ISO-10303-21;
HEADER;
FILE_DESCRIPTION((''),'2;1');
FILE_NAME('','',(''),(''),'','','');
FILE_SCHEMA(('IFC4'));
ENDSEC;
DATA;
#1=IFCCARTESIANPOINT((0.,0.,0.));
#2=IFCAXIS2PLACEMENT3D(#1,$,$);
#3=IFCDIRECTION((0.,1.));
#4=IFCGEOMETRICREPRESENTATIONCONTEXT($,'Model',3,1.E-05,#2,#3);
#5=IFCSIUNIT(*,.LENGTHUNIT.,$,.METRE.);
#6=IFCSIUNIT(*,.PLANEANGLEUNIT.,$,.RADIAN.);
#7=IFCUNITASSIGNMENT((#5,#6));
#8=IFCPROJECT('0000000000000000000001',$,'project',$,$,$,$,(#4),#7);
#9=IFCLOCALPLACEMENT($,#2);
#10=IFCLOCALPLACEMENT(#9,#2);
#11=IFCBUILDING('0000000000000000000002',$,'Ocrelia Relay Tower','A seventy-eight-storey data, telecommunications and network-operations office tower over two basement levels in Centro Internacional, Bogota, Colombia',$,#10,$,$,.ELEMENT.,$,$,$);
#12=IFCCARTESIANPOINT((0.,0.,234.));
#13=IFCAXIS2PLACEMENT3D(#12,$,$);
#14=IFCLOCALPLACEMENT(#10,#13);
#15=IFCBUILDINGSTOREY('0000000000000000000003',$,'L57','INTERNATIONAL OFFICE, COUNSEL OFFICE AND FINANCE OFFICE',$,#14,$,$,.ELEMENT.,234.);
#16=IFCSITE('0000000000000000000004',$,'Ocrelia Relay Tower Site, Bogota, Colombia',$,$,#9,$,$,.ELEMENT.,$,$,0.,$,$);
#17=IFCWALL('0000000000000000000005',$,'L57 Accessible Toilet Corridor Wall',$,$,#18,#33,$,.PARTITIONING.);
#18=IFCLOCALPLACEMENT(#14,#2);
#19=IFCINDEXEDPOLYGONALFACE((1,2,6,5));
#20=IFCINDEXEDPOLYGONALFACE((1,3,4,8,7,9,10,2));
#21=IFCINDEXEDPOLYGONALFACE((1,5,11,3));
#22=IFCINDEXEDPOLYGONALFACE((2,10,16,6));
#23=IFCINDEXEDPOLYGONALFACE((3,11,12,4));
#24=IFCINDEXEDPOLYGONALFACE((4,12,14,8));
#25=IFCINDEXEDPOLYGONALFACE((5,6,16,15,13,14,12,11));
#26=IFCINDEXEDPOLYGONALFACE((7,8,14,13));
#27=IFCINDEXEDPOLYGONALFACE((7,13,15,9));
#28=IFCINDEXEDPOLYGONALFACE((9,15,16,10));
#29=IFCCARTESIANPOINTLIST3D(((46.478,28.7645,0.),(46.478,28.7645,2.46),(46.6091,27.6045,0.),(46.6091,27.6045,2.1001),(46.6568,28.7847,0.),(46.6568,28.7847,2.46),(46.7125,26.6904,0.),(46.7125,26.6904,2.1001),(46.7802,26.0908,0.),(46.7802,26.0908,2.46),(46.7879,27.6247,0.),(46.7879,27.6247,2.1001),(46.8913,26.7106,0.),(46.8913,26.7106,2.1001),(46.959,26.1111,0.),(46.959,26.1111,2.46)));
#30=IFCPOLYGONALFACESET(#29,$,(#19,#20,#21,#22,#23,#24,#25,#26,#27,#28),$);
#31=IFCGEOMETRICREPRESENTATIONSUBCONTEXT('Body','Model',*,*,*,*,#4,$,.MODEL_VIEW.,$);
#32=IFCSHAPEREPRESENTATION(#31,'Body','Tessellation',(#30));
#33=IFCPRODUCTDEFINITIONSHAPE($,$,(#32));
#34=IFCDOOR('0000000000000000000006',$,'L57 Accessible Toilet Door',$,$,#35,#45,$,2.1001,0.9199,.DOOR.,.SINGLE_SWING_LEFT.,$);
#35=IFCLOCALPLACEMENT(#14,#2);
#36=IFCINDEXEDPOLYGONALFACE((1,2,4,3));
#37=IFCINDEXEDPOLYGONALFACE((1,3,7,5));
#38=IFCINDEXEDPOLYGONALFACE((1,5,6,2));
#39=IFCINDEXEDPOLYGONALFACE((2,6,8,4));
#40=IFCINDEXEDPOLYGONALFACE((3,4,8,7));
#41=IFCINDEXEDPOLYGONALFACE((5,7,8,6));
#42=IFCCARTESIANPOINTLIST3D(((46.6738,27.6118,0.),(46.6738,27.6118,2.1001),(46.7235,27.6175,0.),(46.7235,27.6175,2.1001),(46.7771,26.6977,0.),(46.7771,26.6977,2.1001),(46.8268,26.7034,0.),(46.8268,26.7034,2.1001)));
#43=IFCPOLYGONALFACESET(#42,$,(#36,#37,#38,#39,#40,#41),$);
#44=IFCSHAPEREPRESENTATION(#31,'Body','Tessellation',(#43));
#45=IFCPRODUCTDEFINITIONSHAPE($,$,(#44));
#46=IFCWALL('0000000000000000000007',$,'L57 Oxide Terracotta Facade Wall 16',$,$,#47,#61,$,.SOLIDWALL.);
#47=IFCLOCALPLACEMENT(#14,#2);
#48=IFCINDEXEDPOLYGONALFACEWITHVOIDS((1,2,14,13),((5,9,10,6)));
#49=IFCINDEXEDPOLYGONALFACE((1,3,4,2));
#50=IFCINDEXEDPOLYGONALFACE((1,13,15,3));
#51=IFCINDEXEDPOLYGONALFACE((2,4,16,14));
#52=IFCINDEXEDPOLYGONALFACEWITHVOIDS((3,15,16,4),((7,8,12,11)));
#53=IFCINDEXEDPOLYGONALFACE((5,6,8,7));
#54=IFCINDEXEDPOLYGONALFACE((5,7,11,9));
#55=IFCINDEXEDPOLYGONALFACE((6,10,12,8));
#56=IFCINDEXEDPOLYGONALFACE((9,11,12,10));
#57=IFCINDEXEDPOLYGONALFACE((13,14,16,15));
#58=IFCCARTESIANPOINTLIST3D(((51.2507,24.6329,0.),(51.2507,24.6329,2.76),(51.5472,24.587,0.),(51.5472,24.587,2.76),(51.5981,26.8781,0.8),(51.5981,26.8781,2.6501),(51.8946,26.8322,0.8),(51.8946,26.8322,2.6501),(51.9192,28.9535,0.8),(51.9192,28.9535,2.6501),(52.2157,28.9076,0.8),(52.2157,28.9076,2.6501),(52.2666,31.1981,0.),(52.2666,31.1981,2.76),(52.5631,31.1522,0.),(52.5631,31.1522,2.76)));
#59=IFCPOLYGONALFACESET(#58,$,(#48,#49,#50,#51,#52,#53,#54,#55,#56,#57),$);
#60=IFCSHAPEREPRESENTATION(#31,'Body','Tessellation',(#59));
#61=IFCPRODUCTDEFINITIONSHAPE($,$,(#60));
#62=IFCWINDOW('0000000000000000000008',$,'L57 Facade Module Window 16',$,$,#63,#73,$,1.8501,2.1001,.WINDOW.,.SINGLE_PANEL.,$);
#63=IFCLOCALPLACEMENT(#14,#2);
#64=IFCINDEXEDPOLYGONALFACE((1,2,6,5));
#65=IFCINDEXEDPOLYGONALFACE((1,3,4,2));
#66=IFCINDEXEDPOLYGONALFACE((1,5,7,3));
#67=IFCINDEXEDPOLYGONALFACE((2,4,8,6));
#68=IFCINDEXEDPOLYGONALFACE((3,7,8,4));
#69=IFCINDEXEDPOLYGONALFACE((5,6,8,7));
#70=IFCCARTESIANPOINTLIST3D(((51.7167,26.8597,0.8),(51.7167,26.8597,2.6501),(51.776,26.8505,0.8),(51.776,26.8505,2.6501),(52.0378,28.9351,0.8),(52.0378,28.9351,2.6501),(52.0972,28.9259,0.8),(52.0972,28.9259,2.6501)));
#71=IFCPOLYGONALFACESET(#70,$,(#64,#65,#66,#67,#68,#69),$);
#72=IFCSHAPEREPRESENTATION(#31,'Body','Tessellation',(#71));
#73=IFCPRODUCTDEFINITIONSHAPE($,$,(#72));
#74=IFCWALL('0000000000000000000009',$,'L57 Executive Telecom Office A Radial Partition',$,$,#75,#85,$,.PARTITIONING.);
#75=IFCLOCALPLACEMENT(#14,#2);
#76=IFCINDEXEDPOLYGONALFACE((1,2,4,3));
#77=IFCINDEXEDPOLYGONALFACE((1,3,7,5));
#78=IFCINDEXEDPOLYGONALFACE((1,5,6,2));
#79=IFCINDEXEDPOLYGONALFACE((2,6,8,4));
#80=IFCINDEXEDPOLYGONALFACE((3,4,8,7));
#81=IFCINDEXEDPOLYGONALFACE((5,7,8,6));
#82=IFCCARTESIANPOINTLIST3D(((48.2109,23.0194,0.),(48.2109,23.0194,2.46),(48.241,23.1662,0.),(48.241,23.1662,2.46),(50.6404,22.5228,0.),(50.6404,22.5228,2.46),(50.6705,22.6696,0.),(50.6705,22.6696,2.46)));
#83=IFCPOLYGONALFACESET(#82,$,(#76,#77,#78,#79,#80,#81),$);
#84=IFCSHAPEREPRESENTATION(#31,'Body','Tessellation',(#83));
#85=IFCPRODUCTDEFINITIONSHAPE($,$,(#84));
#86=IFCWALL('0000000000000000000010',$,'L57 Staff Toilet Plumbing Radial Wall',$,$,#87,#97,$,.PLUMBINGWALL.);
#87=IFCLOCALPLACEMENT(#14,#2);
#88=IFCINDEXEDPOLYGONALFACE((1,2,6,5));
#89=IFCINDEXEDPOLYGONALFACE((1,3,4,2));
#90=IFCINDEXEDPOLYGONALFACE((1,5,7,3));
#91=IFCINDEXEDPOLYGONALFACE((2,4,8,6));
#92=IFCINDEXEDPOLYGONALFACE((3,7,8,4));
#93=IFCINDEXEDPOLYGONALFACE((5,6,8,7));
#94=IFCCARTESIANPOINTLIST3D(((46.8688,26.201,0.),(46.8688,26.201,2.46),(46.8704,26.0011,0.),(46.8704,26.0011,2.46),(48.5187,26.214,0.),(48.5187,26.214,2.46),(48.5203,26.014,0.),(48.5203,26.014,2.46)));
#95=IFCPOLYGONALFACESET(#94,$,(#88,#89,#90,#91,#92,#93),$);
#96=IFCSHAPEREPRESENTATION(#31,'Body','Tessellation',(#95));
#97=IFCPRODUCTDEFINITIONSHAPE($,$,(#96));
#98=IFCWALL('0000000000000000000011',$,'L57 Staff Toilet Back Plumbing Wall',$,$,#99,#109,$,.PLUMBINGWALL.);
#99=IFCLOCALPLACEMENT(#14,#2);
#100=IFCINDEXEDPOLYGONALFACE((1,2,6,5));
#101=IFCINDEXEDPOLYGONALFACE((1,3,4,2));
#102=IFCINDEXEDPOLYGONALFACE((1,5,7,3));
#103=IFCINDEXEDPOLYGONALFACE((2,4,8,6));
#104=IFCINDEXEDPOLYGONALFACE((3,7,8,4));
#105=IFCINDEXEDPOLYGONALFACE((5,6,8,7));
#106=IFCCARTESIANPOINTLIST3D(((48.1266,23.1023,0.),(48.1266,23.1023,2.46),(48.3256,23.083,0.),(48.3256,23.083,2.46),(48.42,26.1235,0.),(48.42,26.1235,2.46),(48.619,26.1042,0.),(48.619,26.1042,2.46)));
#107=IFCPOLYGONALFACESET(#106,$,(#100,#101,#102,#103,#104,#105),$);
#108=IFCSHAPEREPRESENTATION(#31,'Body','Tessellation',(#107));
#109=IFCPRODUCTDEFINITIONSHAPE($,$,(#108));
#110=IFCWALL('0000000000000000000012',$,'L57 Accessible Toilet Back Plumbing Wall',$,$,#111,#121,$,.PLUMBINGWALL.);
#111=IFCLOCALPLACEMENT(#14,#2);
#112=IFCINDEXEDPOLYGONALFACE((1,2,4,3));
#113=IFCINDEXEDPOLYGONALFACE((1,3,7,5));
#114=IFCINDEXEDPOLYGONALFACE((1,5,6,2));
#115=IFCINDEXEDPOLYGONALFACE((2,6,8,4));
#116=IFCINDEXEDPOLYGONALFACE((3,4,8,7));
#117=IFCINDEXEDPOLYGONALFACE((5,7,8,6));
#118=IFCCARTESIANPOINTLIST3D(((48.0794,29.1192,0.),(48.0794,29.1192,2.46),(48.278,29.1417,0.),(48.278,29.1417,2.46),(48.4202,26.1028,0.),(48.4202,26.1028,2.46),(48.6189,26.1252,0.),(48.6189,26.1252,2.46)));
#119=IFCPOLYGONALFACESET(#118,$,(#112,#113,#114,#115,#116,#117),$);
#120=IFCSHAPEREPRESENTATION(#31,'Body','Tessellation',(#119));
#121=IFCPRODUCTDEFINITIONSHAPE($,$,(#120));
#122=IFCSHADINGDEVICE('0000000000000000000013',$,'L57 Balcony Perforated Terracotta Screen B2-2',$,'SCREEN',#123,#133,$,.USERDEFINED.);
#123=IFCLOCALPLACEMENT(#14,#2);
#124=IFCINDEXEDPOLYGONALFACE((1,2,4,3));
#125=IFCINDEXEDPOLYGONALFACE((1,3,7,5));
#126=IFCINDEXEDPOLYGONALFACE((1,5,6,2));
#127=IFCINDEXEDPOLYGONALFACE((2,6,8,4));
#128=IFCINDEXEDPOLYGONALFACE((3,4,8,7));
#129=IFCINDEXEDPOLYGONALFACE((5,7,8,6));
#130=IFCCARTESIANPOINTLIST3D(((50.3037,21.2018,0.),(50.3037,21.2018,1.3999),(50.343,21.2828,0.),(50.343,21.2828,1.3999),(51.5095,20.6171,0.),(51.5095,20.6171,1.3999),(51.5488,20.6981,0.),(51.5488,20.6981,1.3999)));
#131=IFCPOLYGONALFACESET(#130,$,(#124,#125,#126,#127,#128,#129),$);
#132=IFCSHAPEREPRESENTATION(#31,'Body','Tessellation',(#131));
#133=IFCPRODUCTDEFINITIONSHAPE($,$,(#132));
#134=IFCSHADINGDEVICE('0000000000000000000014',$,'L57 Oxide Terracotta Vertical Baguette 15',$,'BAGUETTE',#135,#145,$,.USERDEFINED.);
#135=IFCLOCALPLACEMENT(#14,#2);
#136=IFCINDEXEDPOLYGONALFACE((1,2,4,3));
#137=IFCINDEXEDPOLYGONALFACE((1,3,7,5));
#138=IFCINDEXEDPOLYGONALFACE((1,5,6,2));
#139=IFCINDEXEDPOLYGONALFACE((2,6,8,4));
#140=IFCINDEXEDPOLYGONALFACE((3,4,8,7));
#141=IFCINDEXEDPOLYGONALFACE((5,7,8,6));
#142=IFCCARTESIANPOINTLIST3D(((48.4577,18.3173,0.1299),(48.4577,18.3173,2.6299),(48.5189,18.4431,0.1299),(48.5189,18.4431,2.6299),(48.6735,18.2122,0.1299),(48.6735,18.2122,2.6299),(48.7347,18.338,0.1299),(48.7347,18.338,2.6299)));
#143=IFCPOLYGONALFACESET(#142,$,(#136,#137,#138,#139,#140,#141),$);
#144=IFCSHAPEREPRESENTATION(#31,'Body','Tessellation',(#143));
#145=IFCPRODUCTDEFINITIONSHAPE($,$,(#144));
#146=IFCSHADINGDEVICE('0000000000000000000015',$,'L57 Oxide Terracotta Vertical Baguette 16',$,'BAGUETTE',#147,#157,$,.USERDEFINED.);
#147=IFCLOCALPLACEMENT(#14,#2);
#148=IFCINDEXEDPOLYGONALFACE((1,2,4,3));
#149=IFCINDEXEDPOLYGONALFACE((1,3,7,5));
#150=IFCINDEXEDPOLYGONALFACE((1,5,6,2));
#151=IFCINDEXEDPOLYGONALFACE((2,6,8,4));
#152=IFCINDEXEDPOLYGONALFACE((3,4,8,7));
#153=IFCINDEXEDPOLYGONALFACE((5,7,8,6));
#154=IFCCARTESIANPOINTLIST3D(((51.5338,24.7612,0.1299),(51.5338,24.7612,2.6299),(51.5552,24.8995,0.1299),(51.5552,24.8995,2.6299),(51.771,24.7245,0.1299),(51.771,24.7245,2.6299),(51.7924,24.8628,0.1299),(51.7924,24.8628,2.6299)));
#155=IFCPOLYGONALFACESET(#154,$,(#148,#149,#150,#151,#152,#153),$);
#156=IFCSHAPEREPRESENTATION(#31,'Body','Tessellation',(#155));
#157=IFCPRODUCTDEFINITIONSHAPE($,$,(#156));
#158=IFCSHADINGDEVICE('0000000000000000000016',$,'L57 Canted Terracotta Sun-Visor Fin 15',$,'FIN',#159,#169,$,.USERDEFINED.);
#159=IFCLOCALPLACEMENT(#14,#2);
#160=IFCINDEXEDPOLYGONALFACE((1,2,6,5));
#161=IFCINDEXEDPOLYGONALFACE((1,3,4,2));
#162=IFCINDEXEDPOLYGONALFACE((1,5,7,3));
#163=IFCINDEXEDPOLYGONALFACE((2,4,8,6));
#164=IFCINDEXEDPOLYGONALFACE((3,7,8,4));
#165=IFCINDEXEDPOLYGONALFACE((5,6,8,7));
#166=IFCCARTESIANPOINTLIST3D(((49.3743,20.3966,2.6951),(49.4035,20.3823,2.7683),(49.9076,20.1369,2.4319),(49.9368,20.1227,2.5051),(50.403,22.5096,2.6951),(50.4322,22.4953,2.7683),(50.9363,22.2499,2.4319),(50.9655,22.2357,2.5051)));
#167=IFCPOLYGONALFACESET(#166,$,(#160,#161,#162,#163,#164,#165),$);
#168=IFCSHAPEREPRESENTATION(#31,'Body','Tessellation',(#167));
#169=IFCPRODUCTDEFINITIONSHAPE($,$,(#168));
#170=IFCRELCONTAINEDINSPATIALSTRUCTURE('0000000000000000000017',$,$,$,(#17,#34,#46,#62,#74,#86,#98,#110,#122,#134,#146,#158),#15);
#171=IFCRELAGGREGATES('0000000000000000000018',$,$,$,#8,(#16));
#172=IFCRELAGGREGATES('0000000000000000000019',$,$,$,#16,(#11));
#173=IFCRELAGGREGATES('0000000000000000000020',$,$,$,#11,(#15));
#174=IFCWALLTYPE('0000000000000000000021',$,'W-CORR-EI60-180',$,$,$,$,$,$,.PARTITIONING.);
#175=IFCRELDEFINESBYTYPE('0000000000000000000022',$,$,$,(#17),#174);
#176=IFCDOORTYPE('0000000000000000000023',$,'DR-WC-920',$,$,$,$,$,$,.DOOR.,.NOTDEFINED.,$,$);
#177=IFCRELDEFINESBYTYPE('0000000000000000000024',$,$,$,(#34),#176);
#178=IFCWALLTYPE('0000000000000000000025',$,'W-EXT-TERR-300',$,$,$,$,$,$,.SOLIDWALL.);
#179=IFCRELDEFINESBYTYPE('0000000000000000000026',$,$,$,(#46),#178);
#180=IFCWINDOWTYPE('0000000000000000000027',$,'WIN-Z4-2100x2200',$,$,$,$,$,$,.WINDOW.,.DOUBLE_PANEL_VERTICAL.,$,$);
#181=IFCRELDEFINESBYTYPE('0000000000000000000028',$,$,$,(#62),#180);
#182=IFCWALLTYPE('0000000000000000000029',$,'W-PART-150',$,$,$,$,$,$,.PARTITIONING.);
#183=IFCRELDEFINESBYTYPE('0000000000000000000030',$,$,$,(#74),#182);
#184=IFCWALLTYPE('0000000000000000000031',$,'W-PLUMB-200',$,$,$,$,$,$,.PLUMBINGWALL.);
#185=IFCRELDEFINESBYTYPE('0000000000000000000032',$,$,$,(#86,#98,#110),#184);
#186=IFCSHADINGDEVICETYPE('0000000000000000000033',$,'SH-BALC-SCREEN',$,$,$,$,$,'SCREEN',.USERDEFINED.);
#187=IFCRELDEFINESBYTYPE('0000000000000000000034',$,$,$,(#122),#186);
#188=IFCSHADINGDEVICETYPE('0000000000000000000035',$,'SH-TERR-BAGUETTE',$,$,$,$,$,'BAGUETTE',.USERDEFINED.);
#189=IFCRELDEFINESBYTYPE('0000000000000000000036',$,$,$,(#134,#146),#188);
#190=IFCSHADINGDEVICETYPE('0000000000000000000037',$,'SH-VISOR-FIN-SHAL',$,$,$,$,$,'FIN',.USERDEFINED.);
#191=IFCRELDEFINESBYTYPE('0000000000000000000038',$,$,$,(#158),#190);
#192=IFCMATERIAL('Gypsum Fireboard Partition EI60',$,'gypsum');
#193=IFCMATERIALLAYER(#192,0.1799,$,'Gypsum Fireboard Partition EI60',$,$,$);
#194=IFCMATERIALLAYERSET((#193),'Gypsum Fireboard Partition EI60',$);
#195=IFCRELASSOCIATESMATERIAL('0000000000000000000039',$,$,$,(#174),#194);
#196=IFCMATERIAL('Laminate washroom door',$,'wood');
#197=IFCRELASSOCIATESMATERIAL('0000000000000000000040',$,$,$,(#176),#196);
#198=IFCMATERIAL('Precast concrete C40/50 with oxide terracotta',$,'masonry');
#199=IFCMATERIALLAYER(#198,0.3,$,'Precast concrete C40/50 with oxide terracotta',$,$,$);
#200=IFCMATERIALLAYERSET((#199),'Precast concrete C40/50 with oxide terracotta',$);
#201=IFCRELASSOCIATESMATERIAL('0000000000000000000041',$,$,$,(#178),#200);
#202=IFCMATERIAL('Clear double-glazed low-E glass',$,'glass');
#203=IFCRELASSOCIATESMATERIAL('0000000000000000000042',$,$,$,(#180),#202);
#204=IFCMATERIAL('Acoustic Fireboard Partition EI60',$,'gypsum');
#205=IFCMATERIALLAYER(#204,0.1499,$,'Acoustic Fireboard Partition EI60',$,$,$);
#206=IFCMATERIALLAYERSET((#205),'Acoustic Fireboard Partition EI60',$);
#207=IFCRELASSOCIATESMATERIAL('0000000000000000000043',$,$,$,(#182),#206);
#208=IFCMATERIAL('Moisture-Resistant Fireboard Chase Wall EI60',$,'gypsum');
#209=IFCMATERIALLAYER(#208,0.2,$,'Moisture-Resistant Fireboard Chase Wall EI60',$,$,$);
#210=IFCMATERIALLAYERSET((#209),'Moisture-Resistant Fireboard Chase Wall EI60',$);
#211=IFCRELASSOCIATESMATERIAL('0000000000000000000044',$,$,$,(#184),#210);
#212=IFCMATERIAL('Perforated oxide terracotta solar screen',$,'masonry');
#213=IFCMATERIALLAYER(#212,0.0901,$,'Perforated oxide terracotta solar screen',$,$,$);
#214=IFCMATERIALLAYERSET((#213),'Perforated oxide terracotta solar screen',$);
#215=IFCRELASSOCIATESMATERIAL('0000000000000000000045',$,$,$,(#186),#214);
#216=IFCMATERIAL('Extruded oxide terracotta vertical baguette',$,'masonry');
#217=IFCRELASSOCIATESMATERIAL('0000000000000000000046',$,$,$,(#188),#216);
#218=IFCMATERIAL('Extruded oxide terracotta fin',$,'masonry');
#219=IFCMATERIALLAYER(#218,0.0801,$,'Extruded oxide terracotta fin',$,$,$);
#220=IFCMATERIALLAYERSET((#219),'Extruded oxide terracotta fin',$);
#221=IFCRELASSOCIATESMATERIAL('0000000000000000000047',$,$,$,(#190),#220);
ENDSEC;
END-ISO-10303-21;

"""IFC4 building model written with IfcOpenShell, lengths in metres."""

from ifc_helpers import new_model, si_unit, direction, frame, frame_2d, origin, origin_2d, place, context, subcontext, project, spatial, rectangle, extrude, material, layer, layer_set, type_object, element, fill, save


model = new_model("IFC4")

# Units and contexts
model_context = context("Model", 3, precision=1e-05, world=origin(), true_north=direction((0.0, 1.0)))
body_context = subcontext(model_context, "Body", "Model", "MODEL_VIEW")
ifc_project = project(units=[si_unit("LENGTHUNIT", "METRE"), si_unit("PLANEANGLEUNIT", "RADIAN")], contexts=[model_context])

# Site, building, storey
site_placement = place(None, origin())
site = spatial("IfcSite", under=ifc_project, at=site_placement, Name="Ocrelia Relay Tower Site, Bogota, Colombia", CompositionType="ELEMENT", RefElevation=0.0)
building_placement = place(site_placement, origin())
building = spatial("IfcBuilding", under=site, at=building_placement, Name="Ocrelia Relay Tower", Description="A seventy-eight-storey data, telecommunications and network-operations office tower over two basement levels in Centro Internacional, Bogota, Colombia", CompositionType="ELEMENT")
storey_placement = place(building_placement, frame((0.0, 0.0, 234.0)))
storey = spatial("IfcBuildingStorey", under=building, at=storey_placement, Name="L57", Description="INTERNATIONAL OFFICE, COUNSEL OFFICE AND FINANCE OFFICE", CompositionType="ELEMENT", Elevation=234.0)

# Wall, opening, door
ifc_material_1 = material(Name="Gypsum Fireboard Partition EI60", Category="gypsum")
ifc_layer_1 = layer(ifc_material_1, 0.1799, Name="Gypsum Fireboard Partition EI60")
ifc_layer_set_1 = layer_set([ifc_layer_1], Name="Gypsum Fireboard Partition EI60")
wall_type_1 = type_object("IfcWallType", Name="W-CORR-EI60-180", PredefinedType="PARTITIONING", material=ifc_layer_set_1)
ifc_material_2 = material(Name="Laminate washroom door", Category="wood")
door_type = type_object("IfcDoorType", Name="DR-WC-920", OperationType="NOTDEFINED", PredefinedType="DOOR", material=ifc_material_2)
wall_1_placement = place(storey_placement, frame((46.8696, 26.1011, 0.0), z_axis=(0.0, 0.0, 1.0), x_axis=(-0.112333, 0.993671, 0.0)))
wall_1 = element("IfcWall", 1, at=wall_1_placement, inside=storey, type_object=wall_type_1, Name="L57 Accessible Toilet Corridor Wall", PredefinedType="PARTITIONING", context=body_context, shape_type="SweptSolid", body=[
    extrude(rectangle(XDim=2.6907, YDim=0.1799, at=frame_2d((1.3452, 0.0))), origin(), (0.0, 0.0, 1.0), 2.46),
])
opening_1_placement = place(wall_1_placement, frame((0.6033, 0.0, 0.0)))
opening_1 = element("IfcOpeningElement", 2, at=opening_1_placement, cuts=wall_1, PredefinedType="OPENING", context=body_context, shape_type="SweptSolid", body=[
    extrude(rectangle(XDim=0.9199, YDim=2.1001, at=frame_2d((0.46, 1.05))), frame((0.0, 0.1001, 0.0), z_axis=(0.0, -1.0, 0.0), x_axis=(1.0, 0.0, 0.0)), (0.0, 0.0, 1.0), 0.2),
])
door_1_placement = place(opening_1_placement, origin())
door_1 = element("IfcDoor", 3, at=door_1_placement, inside=storey, type_object=door_type, Name="L57 Accessible Toilet Door", OperationType="SINGLE_SWING_LEFT", OverallHeight=2.1001, OverallWidth=0.9199, PredefinedType="DOOR", context=body_context, shape_type="SweptSolid", body=[
    extrude(rectangle(XDim=0.9199, YDim=2.1001, at=frame_2d((0.46, 1.05))), frame((0.0, 0.0249, 0.0), z_axis=(0.0, -1.0, 0.0), x_axis=(1.0, 0.0, 0.0)), (0.0, 0.0, 1.0), 0.05),
])
fill(opening_1, door_1)

# Wall, opening, window
ifc_material_3 = material(Name="Precast concrete C40/50 with oxide terracotta", Category="masonry")
ifc_layer_2 = layer(ifc_material_3, 0.3, Name="Precast concrete C40/50 with oxide terracotta")
ifc_layer_set_2 = layer_set([ifc_layer_2], Name="Precast concrete C40/50 with oxide terracotta")
wall_type_2 = type_object("IfcWallType", Name="W-EXT-TERR-300", PredefinedType="SOLIDWALL", material=ifc_layer_set_2)
wall_2_placement = place(storey_placement, frame((51.3989, 24.6099, 0.0), z_axis=(0.0, 0.0, 1.0), x_axis=(0.152916, 0.988239, 0.0)))
wall_2 = element("IfcWall", 4, at=wall_2_placement, inside=storey, type_object=wall_type_2, Name="L57 Oxide Terracotta Facade Wall 16", PredefinedType="SOLIDWALL", context=body_context, shape_type="SweptSolid", body=[
    extrude(rectangle(XDim=6.6433, YDim=0.3, at=frame_2d((3.3218, 0.0))), origin(), (0.0, 0.0, 1.0), 2.76),
])
opening_2_placement = place(wall_2_placement, frame((2.272, 0.0, 0.8)))
opening_2 = element("IfcOpeningElement", 5, at=opening_2_placement, cuts=wall_2, PredefinedType="OPENING", context=body_context, shape_type="SweptSolid", body=[
    extrude(rectangle(XDim=2.1001, YDim=1.8501, at=frame_2d((1.05, 0.925))), frame((0.0, 0.1602, 0.0), z_axis=(0.0, -1.0, 0.0), x_axis=(1.0, 0.0, 0.0)), (0.0, 0.0, 1.0), 0.3201),
])
ifc_material_4 = material(Name="Clear double-glazed low-E glass", Category="glass")
window_type = type_object("IfcWindowType", Name="WIN-Z4-2100x2200", PartitioningType="DOUBLE_PANEL_VERTICAL", PredefinedType="WINDOW", material=ifc_material_4)
window_placement = place(opening_2_placement, origin())
window = element("IfcWindow", 6, at=window_placement, inside=storey, type_object=window_type, Name="L57 Facade Module Window 16", OverallHeight=1.8501, OverallWidth=2.1001, PartitioningType="SINGLE_PANEL", PredefinedType="WINDOW", context=body_context, shape_type="SweptSolid", body=[
    extrude(rectangle(XDim=2.1001, YDim=1.8501, at=frame_2d((1.05, 0.925))), frame((0.0, 0.03, 0.0), z_axis=(0.0, -1.0, 0.0), x_axis=(1.0, 0.0, 0.0)), (0.0, 0.0, 1.0), 0.0601),
])
fill(opening_2, window)

# Walls
ifc_material_5 = material(Name="Acoustic Fireboard Partition EI60", Category="gypsum")
ifc_layer_3 = layer(ifc_material_5, 0.1499, Name="Acoustic Fireboard Partition EI60")
ifc_layer_set_3 = layer_set([ifc_layer_3], Name="Acoustic Fireboard Partition EI60")
wall_type_3 = type_object("IfcWallType", Name="W-PART-150", PredefinedType="PARTITIONING", material=ifc_layer_set_3)
wall_3_placement = place(storey_placement, frame((48.2261, 23.0928, 0.0), z_axis=(0.0, 0.0, 1.0), x_axis=(0.979743, -0.200261, 0.0)))
element("IfcWall", 7, at=wall_3_placement, inside=storey, type_object=wall_type_3, Name="L57 Executive Telecom Office A Radial Partition", PredefinedType="PARTITIONING", context=body_context, shape_type="SweptSolid", body=[
    extrude(rectangle(XDim=2.4797, YDim=0.1499, at=frame_2d((1.2397, 0.0))), origin(), (0.0, 0.0, 1.0), 2.46),
])
ifc_material_6 = material(Name="Moisture-Resistant Fireboard Chase Wall EI60", Category="gypsum")
ifc_layer_4 = layer(ifc_material_6, 0.2, Name="Moisture-Resistant Fireboard Chase Wall EI60")
ifc_layer_set_4 = layer_set([ifc_layer_4], Name="Moisture-Resistant Fireboard Chase Wall EI60")
wall_type_4 = type_object("IfcWallType", Name="W-PLUMB-200", PredefinedType="PLUMBINGWALL", material=ifc_layer_set_4)
wall_4_placement = place(storey_placement, frame((46.8696, 26.1011, 0.0), z_axis=(0.0, 0.0, 1.0), x_axis=(0.999969, 0.007842, 0.0)))
element("IfcWall", 8, at=wall_4_placement, inside=storey, type_object=wall_type_4, Name="L57 Staff Toilet Plumbing Radial Wall", PredefinedType="PLUMBINGWALL", context=body_context, shape_type="SweptSolid", body=[
    extrude(rectangle(XDim=1.6499, YDim=0.2, at=frame_2d((0.825, 0.0))), origin(), (0.0, 0.0, 1.0), 2.46),
])
wall_5_placement = place(storey_placement, frame((48.2261, 23.0928, 0.0), z_axis=(0.0, 0.0, 1.0), x_axis=(0.096676, 0.995316, 0.0)))
element("IfcWall", 9, at=wall_5_placement, inside=storey, type_object=wall_type_4, Name="L57 Staff Toilet Back Plumbing Wall", PredefinedType="PLUMBINGWALL", context=body_context, shape_type="SweptSolid", body=[
    extrude(rectangle(XDim=3.0354, YDim=0.2, at=frame_2d((1.5176, 0.0))), origin(), (0.0, 0.0, 1.0), 2.46),
])
wall_6_placement = place(storey_placement, frame((48.5195, 26.114, 0.0), z_axis=(0.0, 0.0, 1.0), x_axis=(-0.112276, 0.993677, 0.0)))
element("IfcWall", 10, at=wall_6_placement, inside=storey, type_object=wall_type_4, Name="L57 Accessible Toilet Back Plumbing Wall", PredefinedType="PLUMBINGWALL", context=body_context, shape_type="SweptSolid", body=[
    extrude(rectangle(XDim=3.0356, YDim=0.2, at=frame_2d((1.5178, 0.0))), origin(), (0.0, 0.0, 1.0), 2.46),
])

# Shading devices
ifc_material_7 = material(Name="Perforated oxide terracotta solar screen", Category="masonry")
ifc_layer_5 = layer(ifc_material_7, 0.0901, Name="Perforated oxide terracotta solar screen")
ifc_layer_set_5 = layer_set([ifc_layer_5], Name="Perforated oxide terracotta solar screen")
shading_device_type_1 = type_object("IfcShadingDeviceType", Name="SH-BALC-SCREEN", ElementType="SCREEN", PredefinedType="USERDEFINED", material=ifc_layer_set_5)
shading_device_1_placement = place(storey_placement, frame((50.9263, 20.95, 0.0), z_axis=(0.0, 0.0, 1.0), x_axis=(0.899787, -0.43633, 0.0)))
element("IfcShadingDevice", 11, at=shading_device_1_placement, inside=storey, type_object=shading_device_type_1, Name="L57 Balcony Perforated Terracotta Screen B2-2", ObjectType="SCREEN", PredefinedType="USERDEFINED", context=body_context, shape_type="SweptSolid", body=[
    extrude(rectangle(XDim=1.3401, YDim=0.0901, at=origin_2d()), origin(), (0.0, 0.0, 1.0), 1.3999),
])
ifc_material_8 = material(Name="Extruded oxide terracotta vertical baguette", Category="masonry")
shading_device_type_2 = type_object("IfcShadingDeviceType", Name="SH-TERR-BAGUETTE", ElementType="BAGUETTE", PredefinedType="USERDEFINED", material=ifc_material_8)
for number, where, z_axis, x_axis, name in (
    (12, (48.5962, 18.3276, 0.1299), (0.0, 0.0, 1.0), (0.437727, 0.899108, 0.0), "L57 Oxide Terracotta Vertical Baguette 15"),
    (13, (51.6631, 24.812, 0.1299), (0.0, 0.0, 1.0), (0.152922, 0.988238, 0.0), "L57 Oxide Terracotta Vertical Baguette 16"),
):
    element("IfcShadingDevice", number, at=place(storey_placement, frame(where, z_axis=z_axis, x_axis=x_axis)), inside=storey, type_object=shading_device_type_2, Name=name, ObjectType="BAGUETTE", PredefinedType="USERDEFINED", context=body_context, shape_type="SweptSolid", body=[
        extrude(rectangle(XDim=0.1399, YDim=0.24, at=origin_2d()), origin(), (0.0, 0.0, 1.0), 2.5),
    ])
ifc_material_9 = material(Name="Extruded oxide terracotta fin", Category="masonry")
ifc_layer_6 = layer(ifc_material_9, 0.0801, Name="Extruded oxide terracotta fin")
ifc_layer_set_6 = layer_set([ifc_layer_6], Name="Extruded oxide terracotta fin")
shading_device_type_3 = type_object("IfcShadingDeviceType", Name="SH-VISOR-FIN-SHAL", ElementType="FIN", PredefinedType="USERDEFINED", material=ifc_layer_set_6)
shading_device_2_placement = place(storey_placement, frame((50.1553, 21.3232, 2.5635), z_axis=(0.364696, -0.177551, 0.914042), x_axis=(0.437727, 0.899108, 0.0)))
element("IfcShadingDevice", 14, at=shading_device_2_placement, inside=storey, type_object=shading_device_type_3, Name="L57 Canted Terracotta Sun-Visor Fin 15", ObjectType="FIN", PredefinedType="USERDEFINED", context=body_context, shape_type="SweptSolid", body=[
    extrude(rectangle(XDim=2.3501, YDim=0.6489, at=origin_2d()), origin(), (0.0, 0.0, 1.0), 0.0801),
])

save(model, "model.ifc")
